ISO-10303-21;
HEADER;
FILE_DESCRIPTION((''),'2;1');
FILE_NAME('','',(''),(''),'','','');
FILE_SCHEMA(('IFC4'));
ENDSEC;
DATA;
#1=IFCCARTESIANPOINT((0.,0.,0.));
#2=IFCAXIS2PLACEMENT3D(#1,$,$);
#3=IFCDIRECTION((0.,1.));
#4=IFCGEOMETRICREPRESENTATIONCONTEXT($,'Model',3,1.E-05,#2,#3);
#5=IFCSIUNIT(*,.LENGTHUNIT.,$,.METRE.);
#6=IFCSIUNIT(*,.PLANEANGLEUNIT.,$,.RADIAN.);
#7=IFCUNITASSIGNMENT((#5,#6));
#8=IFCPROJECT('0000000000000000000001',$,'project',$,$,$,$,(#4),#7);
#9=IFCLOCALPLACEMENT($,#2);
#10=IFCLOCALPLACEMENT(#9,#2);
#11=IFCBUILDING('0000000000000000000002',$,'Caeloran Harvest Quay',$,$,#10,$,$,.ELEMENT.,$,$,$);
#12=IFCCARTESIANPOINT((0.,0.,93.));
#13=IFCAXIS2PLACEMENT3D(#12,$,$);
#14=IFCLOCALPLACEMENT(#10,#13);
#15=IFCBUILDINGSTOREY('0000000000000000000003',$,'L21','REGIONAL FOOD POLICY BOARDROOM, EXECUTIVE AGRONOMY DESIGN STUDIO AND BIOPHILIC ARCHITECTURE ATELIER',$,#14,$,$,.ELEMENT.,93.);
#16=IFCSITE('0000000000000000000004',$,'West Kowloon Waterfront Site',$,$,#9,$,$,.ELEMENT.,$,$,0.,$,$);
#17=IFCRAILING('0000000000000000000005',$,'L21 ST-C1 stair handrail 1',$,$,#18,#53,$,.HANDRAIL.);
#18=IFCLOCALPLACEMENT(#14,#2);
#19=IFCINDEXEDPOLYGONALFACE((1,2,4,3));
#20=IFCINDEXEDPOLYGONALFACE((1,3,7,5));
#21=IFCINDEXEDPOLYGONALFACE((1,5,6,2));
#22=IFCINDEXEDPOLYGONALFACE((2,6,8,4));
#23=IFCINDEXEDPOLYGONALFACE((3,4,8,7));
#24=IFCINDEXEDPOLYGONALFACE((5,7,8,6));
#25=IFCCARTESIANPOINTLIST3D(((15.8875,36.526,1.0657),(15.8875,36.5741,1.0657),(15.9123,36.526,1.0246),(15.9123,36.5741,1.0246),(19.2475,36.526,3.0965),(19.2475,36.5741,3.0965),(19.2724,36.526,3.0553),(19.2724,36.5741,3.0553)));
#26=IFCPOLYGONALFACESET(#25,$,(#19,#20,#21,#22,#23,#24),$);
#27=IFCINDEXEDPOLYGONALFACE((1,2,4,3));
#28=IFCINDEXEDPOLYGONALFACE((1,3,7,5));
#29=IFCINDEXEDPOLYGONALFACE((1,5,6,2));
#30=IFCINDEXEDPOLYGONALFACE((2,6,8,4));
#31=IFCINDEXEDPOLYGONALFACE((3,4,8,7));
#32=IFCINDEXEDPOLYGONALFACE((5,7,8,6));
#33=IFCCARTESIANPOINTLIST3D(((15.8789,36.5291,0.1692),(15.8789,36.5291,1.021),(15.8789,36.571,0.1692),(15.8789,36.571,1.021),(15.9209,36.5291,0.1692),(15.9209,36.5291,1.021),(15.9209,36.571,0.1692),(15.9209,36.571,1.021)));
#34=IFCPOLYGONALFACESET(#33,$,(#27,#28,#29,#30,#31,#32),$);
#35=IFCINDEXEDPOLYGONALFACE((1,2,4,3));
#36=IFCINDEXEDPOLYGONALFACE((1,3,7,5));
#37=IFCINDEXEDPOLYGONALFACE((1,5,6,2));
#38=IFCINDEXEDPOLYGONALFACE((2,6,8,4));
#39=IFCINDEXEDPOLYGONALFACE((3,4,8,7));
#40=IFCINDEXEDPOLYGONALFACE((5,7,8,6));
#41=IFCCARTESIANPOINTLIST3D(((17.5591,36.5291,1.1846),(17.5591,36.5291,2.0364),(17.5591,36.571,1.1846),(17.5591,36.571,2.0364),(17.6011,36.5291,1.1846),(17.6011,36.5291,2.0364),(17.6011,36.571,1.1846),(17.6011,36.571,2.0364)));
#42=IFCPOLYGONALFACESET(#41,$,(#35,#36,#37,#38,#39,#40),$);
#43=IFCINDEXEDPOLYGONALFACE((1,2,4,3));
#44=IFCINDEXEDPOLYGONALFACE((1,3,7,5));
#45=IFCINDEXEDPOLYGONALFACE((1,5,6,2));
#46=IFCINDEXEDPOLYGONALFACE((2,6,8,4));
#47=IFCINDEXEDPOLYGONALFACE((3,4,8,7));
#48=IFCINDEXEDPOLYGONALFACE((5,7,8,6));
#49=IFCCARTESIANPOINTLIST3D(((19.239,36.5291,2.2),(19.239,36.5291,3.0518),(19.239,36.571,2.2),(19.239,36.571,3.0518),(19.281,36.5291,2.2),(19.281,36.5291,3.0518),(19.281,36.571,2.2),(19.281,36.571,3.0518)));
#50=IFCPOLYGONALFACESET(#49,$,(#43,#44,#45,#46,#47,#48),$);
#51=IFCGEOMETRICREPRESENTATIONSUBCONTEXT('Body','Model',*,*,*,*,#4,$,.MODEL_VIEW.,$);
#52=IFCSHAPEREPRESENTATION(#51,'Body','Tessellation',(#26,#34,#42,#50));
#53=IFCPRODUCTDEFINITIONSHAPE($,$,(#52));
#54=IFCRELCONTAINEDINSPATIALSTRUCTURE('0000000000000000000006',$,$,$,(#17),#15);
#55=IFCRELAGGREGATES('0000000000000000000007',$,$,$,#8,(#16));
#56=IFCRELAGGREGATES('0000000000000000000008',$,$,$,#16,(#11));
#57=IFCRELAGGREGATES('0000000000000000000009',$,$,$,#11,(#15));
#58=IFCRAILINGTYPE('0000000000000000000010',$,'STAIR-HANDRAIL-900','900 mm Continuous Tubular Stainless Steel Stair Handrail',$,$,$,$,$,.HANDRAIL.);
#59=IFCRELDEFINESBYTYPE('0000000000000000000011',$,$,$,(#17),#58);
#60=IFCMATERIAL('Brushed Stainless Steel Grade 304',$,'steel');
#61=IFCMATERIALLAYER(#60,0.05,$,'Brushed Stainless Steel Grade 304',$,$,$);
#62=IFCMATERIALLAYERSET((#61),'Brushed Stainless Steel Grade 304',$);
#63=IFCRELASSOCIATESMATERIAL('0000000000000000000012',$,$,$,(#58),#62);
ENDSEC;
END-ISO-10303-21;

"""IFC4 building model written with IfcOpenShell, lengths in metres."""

from ifc_helpers import new_model, si_unit, direction, frame, origin, origin_2d, place, context, subcontext, project, spatial, rectangle, extrude, material, layer, layer_set, type_object, element, save


model = new_model("IFC4")

# Units and contexts
model_context = context("Model", 3, precision=1e-05, world=origin(), true_north=direction((0.0, 1.0)))
body_context = subcontext(model_context, "Body", "Model", "MODEL_VIEW")
ifc_project = project(units=[si_unit("LENGTHUNIT", "METRE"), si_unit("PLANEANGLEUNIT", "RADIAN")], contexts=[model_context])

# Site, building, storey
site_placement = place(None, origin())
site = spatial("IfcSite", under=ifc_project, at=site_placement, Name="West Kowloon Waterfront Site", CompositionType="ELEMENT", RefElevation=0.0)
building_placement = place(site_placement, origin())
building = spatial("IfcBuilding", under=site, at=building_placement, Name="Caeloran Harvest Quay", CompositionType="ELEMENT")
storey_placement = place(building_placement, frame((0.0, 0.0, 93.0)))
storey = spatial("IfcBuildingStorey", under=building, at=storey_placement, Name="L21", Description="REGIONAL FOOD POLICY BOARDROOM, EXECUTIVE AGRONOMY DESIGN STUDIO AND BIOPHILIC ARCHITECTURE ATELIER", CompositionType="ELEMENT", Elevation=93.0)

# Railing
ifc_material_1 = material(Name="Brushed Stainless Steel Grade 304", Category="steel")
ifc_layer_1 = layer(ifc_material_1, 0.05, Name="Brushed Stainless Steel Grade 304")
ifc_layer_set_1 = layer_set([ifc_layer_1], Name="Brushed Stainless Steel Grade 304")
railing_type_1 = type_object("IfcRailingType", Name="STAIR-HANDRAIL-900", Description="900 mm Continuous Tubular Stainless Steel Stair Handrail", PredefinedType="HANDRAIL", material=ifc_layer_set_1)
railing_1_placement = place(storey_placement, frame((15.8999, 36.55, 0.1692)))
element("IfcRailing", 1, at=railing_1_placement, inside=storey, type_object=railing_type_1, Name="L21 ST-C1 stair handrail 1", PredefinedType="HANDRAIL", context=body_context, shape_type="SweptSolid", body=[
    extrude(rectangle(XDim=0.0481, YDim=0.0481, at=origin_2d()), frame((0.0, 0.0, 0.876), z_axis=(0.855837, 0.0, 0.517246), x_axis=(0.0, 1.0, 0.0)), (0.0, 0.0, 1.0), 3.926),
    extrude(rectangle(XDim=0.042, YDim=0.042, at=origin_2d()), origin(), (0.0, 0.0, 1.0), 0.8518),
    extrude(rectangle(XDim=0.042, YDim=0.042, at=origin_2d()), frame((1.6802, 0.0, 1.0154)), (0.0, 0.0, 1.0), 0.8518),
    extrude(rectangle(XDim=0.042, YDim=0.042, at=origin_2d()), frame((3.3601, 0.0, 2.0308)), (0.0, 0.0, 1.0), 0.8518),
])

save(model, "model.ifc")
